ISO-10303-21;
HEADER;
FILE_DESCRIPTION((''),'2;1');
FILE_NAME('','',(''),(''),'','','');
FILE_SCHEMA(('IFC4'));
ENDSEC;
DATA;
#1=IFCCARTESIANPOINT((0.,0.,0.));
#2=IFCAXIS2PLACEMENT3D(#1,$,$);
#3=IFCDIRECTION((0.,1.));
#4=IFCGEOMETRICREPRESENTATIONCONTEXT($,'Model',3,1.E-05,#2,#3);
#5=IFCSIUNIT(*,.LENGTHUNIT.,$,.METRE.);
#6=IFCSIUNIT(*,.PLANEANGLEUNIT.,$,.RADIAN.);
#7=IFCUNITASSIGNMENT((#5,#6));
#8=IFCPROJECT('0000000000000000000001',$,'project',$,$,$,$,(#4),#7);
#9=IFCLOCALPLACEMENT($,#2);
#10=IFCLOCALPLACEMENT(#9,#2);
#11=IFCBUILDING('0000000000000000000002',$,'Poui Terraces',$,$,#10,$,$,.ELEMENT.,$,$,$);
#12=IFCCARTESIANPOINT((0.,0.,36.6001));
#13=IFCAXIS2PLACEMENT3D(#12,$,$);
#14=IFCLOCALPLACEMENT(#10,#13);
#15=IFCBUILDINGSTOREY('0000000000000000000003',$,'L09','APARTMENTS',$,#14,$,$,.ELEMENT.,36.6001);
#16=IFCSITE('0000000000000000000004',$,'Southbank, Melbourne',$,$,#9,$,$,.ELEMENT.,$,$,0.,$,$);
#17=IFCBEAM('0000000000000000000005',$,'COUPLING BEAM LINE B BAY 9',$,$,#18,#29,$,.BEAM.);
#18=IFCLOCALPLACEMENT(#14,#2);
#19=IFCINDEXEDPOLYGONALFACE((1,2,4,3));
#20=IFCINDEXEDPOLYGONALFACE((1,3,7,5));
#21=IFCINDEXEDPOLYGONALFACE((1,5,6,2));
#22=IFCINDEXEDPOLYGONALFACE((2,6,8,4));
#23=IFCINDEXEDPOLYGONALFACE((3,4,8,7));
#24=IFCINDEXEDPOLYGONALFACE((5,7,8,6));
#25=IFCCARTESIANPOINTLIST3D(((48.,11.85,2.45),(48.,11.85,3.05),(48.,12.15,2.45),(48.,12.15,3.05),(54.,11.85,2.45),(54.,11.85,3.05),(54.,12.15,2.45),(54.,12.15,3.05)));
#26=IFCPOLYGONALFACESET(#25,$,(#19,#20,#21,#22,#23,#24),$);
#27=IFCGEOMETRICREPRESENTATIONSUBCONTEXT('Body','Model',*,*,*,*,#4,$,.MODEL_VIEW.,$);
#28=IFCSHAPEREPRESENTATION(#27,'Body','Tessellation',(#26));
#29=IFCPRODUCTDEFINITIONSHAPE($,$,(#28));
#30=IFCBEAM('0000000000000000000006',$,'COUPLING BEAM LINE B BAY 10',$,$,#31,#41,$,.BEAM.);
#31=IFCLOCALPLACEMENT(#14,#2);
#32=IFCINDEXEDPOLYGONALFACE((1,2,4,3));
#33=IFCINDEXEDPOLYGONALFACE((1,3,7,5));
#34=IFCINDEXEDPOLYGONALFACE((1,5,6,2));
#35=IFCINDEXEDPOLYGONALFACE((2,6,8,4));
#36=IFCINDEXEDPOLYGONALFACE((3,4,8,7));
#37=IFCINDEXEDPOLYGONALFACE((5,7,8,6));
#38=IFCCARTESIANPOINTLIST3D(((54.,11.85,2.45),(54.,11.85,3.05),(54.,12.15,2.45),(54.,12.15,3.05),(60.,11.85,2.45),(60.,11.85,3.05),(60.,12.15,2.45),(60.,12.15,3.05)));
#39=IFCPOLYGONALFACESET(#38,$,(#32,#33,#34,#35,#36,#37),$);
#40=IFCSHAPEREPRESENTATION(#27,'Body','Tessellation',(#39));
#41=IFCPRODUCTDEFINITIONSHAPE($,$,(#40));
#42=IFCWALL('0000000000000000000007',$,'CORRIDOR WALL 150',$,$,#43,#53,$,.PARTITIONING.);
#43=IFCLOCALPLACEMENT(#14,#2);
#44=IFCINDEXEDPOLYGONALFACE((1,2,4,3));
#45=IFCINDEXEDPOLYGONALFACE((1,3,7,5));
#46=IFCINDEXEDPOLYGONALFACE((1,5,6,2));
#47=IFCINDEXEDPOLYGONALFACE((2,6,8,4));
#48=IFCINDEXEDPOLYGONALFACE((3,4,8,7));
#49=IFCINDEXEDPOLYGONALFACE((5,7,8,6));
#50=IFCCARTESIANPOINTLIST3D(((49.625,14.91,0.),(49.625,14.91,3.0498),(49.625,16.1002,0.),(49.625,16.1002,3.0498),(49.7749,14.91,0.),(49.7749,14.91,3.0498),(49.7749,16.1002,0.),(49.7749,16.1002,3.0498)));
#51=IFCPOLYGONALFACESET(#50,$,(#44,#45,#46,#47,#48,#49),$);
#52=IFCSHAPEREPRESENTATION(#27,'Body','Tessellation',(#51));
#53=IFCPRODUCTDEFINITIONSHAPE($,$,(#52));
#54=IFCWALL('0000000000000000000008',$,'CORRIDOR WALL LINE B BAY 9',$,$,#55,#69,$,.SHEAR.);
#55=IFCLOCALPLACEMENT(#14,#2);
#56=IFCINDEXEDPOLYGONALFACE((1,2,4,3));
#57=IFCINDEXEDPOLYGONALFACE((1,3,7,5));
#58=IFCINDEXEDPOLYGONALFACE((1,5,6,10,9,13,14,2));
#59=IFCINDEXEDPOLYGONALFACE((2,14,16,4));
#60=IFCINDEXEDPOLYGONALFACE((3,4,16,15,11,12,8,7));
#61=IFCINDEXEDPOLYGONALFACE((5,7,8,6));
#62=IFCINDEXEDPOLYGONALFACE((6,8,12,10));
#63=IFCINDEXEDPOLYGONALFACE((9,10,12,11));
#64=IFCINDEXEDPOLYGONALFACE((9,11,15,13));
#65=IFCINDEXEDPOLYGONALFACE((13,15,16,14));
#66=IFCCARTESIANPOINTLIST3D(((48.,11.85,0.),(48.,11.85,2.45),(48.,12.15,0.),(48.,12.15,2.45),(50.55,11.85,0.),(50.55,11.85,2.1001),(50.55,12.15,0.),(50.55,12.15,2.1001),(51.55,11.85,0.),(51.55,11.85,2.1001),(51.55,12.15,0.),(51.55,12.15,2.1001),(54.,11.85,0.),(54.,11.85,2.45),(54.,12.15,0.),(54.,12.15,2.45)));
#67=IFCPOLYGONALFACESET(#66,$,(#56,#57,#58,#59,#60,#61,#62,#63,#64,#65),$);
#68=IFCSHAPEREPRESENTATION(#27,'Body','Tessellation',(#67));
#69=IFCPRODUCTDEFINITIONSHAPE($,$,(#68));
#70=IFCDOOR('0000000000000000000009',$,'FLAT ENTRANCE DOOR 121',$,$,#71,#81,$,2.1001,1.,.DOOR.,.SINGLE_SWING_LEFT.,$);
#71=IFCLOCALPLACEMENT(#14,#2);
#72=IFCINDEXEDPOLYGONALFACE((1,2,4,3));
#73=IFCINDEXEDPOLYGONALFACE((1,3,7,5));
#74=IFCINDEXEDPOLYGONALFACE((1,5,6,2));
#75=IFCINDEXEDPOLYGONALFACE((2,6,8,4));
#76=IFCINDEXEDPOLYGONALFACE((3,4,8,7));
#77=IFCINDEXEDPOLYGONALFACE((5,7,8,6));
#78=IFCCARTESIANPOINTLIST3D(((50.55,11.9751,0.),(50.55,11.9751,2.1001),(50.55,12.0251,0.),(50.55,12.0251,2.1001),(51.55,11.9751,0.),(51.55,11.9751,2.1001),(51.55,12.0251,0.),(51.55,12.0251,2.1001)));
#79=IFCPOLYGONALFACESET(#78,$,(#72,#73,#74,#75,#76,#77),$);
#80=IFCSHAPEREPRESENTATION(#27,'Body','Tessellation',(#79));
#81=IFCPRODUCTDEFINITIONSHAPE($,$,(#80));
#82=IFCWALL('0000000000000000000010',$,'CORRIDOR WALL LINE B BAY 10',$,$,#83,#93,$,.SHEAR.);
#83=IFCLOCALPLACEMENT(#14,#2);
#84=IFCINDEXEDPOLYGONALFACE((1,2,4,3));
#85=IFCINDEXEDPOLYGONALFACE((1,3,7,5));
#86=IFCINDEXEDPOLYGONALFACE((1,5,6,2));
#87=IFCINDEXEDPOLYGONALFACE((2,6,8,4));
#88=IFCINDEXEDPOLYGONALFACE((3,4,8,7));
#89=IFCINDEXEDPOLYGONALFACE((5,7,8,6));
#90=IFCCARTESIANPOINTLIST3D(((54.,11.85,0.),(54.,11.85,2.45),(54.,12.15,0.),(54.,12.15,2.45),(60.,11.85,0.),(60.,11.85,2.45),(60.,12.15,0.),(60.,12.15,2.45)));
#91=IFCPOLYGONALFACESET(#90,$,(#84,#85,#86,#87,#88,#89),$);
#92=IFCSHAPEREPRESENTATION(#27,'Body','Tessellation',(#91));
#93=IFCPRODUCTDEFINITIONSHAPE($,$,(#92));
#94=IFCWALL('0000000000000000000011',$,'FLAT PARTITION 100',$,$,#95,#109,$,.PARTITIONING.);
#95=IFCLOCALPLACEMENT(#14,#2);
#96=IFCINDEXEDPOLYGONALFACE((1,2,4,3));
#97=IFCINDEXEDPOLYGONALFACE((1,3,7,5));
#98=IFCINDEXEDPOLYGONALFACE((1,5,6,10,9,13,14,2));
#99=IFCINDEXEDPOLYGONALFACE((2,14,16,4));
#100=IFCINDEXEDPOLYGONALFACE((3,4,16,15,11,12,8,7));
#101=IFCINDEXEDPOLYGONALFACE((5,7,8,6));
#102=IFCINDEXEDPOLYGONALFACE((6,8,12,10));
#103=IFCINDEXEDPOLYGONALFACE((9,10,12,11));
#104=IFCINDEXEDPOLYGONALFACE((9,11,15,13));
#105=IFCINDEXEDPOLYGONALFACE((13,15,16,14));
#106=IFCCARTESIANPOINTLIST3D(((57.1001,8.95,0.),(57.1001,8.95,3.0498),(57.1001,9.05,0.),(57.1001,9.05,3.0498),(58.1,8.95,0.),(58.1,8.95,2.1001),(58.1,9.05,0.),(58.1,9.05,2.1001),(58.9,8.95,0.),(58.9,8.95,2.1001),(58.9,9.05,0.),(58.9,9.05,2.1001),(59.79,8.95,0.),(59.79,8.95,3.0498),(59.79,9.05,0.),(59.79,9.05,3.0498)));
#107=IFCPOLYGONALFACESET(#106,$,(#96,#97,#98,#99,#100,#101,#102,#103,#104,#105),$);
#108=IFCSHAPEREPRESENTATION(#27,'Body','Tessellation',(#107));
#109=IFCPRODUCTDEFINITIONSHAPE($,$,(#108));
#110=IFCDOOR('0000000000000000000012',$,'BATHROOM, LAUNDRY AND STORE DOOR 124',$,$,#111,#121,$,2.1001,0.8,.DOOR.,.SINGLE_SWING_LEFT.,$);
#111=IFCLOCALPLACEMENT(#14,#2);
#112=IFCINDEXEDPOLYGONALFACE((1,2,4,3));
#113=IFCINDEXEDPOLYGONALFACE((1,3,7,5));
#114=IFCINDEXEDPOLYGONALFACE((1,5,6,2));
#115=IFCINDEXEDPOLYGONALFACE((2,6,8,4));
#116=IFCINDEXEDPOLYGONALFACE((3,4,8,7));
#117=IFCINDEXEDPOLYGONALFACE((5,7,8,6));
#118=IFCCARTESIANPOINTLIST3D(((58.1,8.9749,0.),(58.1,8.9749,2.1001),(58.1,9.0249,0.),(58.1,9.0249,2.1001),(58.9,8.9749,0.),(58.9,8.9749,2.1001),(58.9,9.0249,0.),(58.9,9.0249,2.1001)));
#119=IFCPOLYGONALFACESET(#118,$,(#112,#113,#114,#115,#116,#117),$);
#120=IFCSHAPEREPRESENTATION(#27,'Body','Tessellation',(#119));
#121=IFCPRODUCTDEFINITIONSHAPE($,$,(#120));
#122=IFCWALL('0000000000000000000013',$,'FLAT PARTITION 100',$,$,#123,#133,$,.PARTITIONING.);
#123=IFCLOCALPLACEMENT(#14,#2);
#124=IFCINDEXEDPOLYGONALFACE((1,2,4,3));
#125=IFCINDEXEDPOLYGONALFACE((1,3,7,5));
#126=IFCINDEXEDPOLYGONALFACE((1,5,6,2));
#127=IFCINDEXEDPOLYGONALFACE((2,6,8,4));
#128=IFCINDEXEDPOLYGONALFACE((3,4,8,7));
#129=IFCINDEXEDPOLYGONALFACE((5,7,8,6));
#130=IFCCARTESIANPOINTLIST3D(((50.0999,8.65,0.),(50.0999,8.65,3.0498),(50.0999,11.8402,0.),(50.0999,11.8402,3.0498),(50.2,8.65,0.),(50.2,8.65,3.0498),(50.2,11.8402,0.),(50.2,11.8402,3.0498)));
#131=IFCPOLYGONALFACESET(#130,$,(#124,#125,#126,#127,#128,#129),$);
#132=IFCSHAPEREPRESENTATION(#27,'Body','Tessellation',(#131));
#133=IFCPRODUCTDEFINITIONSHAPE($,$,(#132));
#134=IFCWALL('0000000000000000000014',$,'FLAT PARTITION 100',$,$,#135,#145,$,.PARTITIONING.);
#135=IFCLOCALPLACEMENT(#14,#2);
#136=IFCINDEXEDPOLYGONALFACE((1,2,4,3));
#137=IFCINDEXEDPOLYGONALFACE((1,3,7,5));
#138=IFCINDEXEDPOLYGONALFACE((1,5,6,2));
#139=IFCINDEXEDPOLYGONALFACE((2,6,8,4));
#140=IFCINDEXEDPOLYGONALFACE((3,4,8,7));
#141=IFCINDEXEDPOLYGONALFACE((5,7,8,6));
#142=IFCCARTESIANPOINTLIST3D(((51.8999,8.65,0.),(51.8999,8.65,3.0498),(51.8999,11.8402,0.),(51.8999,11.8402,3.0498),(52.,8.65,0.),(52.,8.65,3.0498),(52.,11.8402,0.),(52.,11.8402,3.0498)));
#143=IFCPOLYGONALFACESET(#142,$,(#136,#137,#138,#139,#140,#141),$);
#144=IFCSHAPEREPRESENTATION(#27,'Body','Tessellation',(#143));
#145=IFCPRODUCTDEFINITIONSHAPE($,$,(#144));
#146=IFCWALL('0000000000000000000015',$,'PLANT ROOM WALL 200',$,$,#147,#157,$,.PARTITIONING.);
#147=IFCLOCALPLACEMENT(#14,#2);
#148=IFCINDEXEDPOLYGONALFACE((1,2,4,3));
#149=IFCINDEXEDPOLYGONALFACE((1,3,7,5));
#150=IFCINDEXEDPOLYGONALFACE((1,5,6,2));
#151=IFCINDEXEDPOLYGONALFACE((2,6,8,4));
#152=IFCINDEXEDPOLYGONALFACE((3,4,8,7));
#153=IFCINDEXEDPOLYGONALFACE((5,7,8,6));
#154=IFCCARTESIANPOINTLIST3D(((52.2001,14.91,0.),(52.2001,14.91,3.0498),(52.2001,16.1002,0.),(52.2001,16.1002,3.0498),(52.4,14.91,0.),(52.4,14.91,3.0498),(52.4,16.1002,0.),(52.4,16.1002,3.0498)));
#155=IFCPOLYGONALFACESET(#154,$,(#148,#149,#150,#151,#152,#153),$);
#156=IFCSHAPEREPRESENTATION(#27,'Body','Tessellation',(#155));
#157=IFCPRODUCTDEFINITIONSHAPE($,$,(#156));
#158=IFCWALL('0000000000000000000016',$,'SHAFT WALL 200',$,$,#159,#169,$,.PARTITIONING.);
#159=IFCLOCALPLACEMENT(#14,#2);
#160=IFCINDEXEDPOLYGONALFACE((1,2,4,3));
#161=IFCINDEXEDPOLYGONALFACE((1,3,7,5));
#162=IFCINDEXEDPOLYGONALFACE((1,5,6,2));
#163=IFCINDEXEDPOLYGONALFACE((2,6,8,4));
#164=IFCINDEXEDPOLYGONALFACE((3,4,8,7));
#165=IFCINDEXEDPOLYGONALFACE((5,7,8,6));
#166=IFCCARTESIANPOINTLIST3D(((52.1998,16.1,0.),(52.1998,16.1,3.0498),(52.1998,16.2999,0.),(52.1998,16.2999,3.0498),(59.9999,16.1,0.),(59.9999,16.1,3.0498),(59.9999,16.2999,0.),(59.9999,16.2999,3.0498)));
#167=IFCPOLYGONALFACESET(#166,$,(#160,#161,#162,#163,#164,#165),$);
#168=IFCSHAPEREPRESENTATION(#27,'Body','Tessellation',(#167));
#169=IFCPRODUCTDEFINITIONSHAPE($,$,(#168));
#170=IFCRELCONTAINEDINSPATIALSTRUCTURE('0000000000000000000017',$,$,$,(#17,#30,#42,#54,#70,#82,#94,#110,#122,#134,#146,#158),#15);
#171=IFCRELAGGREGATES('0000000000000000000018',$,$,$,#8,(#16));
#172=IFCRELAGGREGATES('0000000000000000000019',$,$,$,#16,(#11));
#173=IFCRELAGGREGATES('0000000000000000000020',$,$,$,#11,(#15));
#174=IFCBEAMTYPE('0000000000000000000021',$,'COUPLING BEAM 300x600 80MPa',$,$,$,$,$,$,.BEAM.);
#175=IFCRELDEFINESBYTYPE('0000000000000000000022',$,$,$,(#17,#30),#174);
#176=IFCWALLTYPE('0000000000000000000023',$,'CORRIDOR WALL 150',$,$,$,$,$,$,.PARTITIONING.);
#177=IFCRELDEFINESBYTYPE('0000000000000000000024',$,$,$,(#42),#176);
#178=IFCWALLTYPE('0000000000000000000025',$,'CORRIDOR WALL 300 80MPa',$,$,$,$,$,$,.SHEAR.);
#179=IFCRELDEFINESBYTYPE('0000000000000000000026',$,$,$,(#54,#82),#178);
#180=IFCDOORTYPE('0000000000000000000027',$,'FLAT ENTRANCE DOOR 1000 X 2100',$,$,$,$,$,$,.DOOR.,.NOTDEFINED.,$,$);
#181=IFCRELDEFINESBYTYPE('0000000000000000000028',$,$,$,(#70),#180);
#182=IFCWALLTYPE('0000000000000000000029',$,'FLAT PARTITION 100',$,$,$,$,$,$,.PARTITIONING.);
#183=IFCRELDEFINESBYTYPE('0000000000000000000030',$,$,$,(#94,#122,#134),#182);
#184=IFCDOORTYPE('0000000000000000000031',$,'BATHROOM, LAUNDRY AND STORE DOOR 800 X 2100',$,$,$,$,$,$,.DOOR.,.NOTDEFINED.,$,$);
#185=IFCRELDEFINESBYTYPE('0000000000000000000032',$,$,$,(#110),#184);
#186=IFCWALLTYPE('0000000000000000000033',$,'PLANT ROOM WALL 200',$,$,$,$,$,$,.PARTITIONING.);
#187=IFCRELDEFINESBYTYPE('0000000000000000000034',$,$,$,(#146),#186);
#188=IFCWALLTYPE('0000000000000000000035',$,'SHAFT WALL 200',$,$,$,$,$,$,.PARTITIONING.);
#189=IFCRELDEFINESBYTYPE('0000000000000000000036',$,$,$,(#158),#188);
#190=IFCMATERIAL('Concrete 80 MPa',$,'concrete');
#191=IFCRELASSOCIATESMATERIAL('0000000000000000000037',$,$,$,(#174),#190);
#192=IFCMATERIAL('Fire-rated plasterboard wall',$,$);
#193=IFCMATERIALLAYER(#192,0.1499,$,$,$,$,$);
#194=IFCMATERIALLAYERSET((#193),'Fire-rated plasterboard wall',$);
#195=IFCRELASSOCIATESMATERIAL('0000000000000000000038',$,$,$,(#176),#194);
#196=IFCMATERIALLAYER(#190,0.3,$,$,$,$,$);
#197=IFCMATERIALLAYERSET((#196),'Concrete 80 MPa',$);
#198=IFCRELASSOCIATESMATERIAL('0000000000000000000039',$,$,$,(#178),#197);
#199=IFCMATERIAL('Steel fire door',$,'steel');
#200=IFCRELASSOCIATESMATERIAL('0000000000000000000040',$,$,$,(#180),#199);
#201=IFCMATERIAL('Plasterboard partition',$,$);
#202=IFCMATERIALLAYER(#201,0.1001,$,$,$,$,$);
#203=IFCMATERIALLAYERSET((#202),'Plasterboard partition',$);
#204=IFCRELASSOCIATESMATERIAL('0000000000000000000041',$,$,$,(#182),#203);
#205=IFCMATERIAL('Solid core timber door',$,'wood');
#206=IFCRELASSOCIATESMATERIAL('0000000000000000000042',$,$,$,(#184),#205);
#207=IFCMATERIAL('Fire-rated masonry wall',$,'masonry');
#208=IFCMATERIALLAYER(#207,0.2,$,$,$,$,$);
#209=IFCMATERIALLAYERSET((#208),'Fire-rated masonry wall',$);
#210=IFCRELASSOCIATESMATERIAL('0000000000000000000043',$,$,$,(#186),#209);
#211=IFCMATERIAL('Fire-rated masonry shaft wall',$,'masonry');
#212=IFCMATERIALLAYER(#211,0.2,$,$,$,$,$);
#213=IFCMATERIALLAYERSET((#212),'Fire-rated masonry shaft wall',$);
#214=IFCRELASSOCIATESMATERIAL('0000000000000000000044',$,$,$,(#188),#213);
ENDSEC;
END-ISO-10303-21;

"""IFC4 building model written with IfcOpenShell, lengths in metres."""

from ifc_helpers import new_model, si_unit, direction, frame, frame_2d, origin, origin_2d, place, context, subcontext, project, spatial, rectangle, extrude, source, transform, mapped, material, layer, layer_set, material_profile, profile_set, type_object, element, fill, save


model = new_model("IFC4")

# Units and contexts
model_context = context("Model", 3, precision=1e-05, world=origin(), true_north=direction((0.0, 1.0)))
body_context = subcontext(model_context, "Body", "Model", "MODEL_VIEW")
ifc_project = project(units=[si_unit("LENGTHUNIT", "METRE"), si_unit("PLANEANGLEUNIT", "RADIAN")], contexts=[model_context])

# Site, building, storey
site_placement = place(None, origin())
site = spatial("IfcSite", under=ifc_project, at=site_placement, Name="Southbank, Melbourne", CompositionType="ELEMENT", RefElevation=0.0)
building_placement = place(site_placement, origin())
building = spatial("IfcBuilding", under=site, at=building_placement, Name="Poui Terraces", CompositionType="ELEMENT")
storey_placement = place(building_placement, frame((0.0, 0.0, 36.6001)))
storey = spatial("IfcBuildingStorey", under=building, at=storey_placement, Name="L09", Description="APARTMENTS", CompositionType="ELEMENT", Elevation=36.6001)

# Beams
ifc_material_1 = material(Name="Concrete 80 MPa", Category="concrete")
ifc_material_profile = material_profile(ifc_material_1, rectangle(XDim=0.3, YDim=0.6001, at=origin_2d()), Name="RC 300x600")
ifc_profile_set = profile_set([ifc_material_profile], Name="Concrete 80 MPa")
beam_type = type_object("IfcBeamType", Name="COUPLING BEAM 300x600 80MPa", PredefinedType="BEAM", material=ifc_profile_set)
shared_shape = source(origin(), body_context, "Body", "SweptSolid", [
    extrude(rectangle(XDim=0.3, YDim=0.6001, at=origin_2d()), origin(), (0.0, 0.0, 1.0), 6.0),
])
for number, where, z_axis, x_axis, name in (
    (1, (48.0, 12.0, 2.75), (1.0, 0.0, 0.0), (0.0, 1.0, 0.0), "COUPLING BEAM LINE B BAY 9"),
    (2, (54.0, 12.0, 2.75), (1.0, 0.0, 0.0), (0.0, 1.0, 0.0), "COUPLING BEAM LINE B BAY 10"),
):
    element("IfcBeam", number, at=place(storey_placement, frame(where, z_axis=z_axis, x_axis=x_axis)), inside=storey, type_object=beam_type, Name=name, PredefinedType="BEAM", context=body_context, shape_type="MappedRepresentation", body=[
        mapped(shared_shape, transform((0.0, 0.0, 0.0))),
    ])

# Wall
ifc_material_2 = material(Name="Fire-rated plasterboard wall")
ifc_layer_1 = layer(ifc_material_2, 0.1499)
ifc_layer_set_1 = layer_set([ifc_layer_1], Name="Fire-rated plasterboard wall")
wall_type_1 = type_object("IfcWallType", Name="CORRIDOR WALL 150", PredefinedType="PARTITIONING", material=ifc_layer_set_1)
wall_1_placement = place(storey_placement, frame((49.7, 14.9099, 0.0), z_axis=(0.0, 0.0, 1.0), x_axis=(0.0, 1.0, 0.0)))
element("IfcWall", 3, at=wall_1_placement, inside=storey, type_object=wall_type_1, Name="CORRIDOR WALL 150", PredefinedType="PARTITIONING", context=body_context, shape_type="SweptSolid", body=[
    extrude(rectangle(XDim=1.1902, YDim=0.1499, at=frame_2d((0.5952, 0.0))), origin(), (0.0, 0.0, 1.0), 3.0498),
])

# Wall, opening, door
ifc_layer_2 = layer(ifc_material_1, 0.3)
ifc_layer_set_2 = layer_set([ifc_layer_2], Name="Concrete 80 MPa")
wall_type_2 = type_object("IfcWallType", Name="CORRIDOR WALL 300 80MPa", PredefinedType="SHEAR", material=ifc_layer_set_2)
wall_2_placement = place(storey_placement, frame((48.0, 12.0, 0.0), z_axis=(0.0, 0.0, 1.0), x_axis=(1.0, 0.0, 0.0)))
wall_2 = element("IfcWall", 4, at=wall_2_placement, inside=storey, type_object=wall_type_2, Name="CORRIDOR WALL LINE B BAY 9", PredefinedType="SHEAR", context=body_context, shape_type="SweptSolid", body=[
    extrude(rectangle(XDim=6.0, YDim=0.3, at=frame_2d((3.0, 0.0))), origin(), (0.0, 0.0, 1.0), 2.45),
])
opening_1_placement = place(wall_2_placement, frame((2.55, 0.0, 0.0)))
opening_1 = element("IfcOpeningElement", 5, at=opening_1_placement, cuts=wall_2, PredefinedType="OPENING", context=body_context, shape_type="SweptSolid", body=[
    extrude(rectangle(XDim=1.0, YDim=2.1001, at=frame_2d((0.5, 1.05))), frame((0.0, 0.1602, 0.0), z_axis=(0.0, -1.0, 0.0), x_axis=(1.0, 0.0, 0.0)), (0.0, 0.0, 1.0), 0.3201),
])
ifc_material_3 = material(Name="Steel fire door", Category="steel")
door_type_1 = type_object("IfcDoorType", Name="FLAT ENTRANCE DOOR 1000 X 2100", OperationType="NOTDEFINED", PredefinedType="DOOR", material=ifc_material_3)
door_1_placement = place(opening_1_placement, frame((1.0, 0.0, 0.0), z_axis=(0.0, 0.0, 1.0), x_axis=(-1.0, 0.0, 0.0)))
door_1 = element("IfcDoor", 6, at=door_1_placement, inside=storey, type_object=door_type_1, Name="FLAT ENTRANCE DOOR 121", OperationType="SINGLE_SWING_LEFT", OverallHeight=2.1001, OverallWidth=1.0, PredefinedType="DOOR", context=body_context, shape_type="SweptSolid", body=[
    extrude(rectangle(XDim=1.0, YDim=2.1001, at=frame_2d((0.5, 1.05))), frame((0.0, 0.0249, 0.0), z_axis=(0.0, -1.0, 0.0), x_axis=(1.0, 0.0, 0.0)), (0.0, 0.0, 1.0), 0.05),
])
fill(opening_1, door_1)

# Wall
wall_3_placement = place(storey_placement, frame((54.0, 12.0, 0.0), z_axis=(0.0, 0.0, 1.0), x_axis=(1.0, 0.0, 0.0)))
element("IfcWall", 7, at=wall_3_placement, inside=storey, type_object=wall_type_2, Name="CORRIDOR WALL LINE B BAY 10", PredefinedType="SHEAR", context=body_context, shape_type="SweptSolid", body=[
    extrude(rectangle(XDim=6.0, YDim=0.3, at=frame_2d((3.0, 0.0))), origin(), (0.0, 0.0, 1.0), 2.45),
])

# Wall, opening, door
ifc_material_4 = material(Name="Plasterboard partition")
ifc_layer_3 = layer(ifc_material_4, 0.1001)
ifc_layer_set_3 = layer_set([ifc_layer_3], Name="Plasterboard partition")
wall_type_3 = type_object("IfcWallType", Name="FLAT PARTITION 100", PredefinedType="PARTITIONING", material=ifc_layer_set_3)
wall_4_placement = place(storey_placement, frame((57.1001, 9.0, 0.0), z_axis=(0.0, 0.0, 1.0), x_axis=(1.0, 0.0, 0.0)))
wall_4 = element("IfcWall", 8, at=wall_4_placement, inside=storey, type_object=wall_type_3, Name="FLAT PARTITION 100", PredefinedType="PARTITIONING", context=body_context, shape_type="SweptSolid", body=[
    extrude(rectangle(XDim=2.6899, YDim=0.1001, at=frame_2d((1.345, 0.0))), origin(), (0.0, 0.0, 1.0), 3.0498),
])
opening_2_placement = place(wall_4_placement, frame((1.0, 0.0, 0.0)))
opening_2 = element("IfcOpeningElement", 9, at=opening_2_placement, cuts=wall_4, PredefinedType="OPENING", context=body_context, shape_type="SweptSolid", body=[
    extrude(rectangle(XDim=0.8, YDim=2.1001, at=frame_2d((0.3999, 1.05))), frame((0.0, 0.0601, 0.0), z_axis=(0.0, -1.0, 0.0), x_axis=(1.0, 0.0, 0.0)), (0.0, 0.0, 1.0), 0.1201),
])
ifc_material_5 = material(Name="Solid core timber door", Category="wood")
door_type_2 = type_object("IfcDoorType", Name="BATHROOM, LAUNDRY AND STORE DOOR 800 X 2100", OperationType="NOTDEFINED", PredefinedType="DOOR", material=ifc_material_5)
door_2_placement = place(opening_2_placement, origin())
door_2 = element("IfcDoor", 10, at=door_2_placement, inside=storey, type_object=door_type_2, Name="BATHROOM, LAUNDRY AND STORE DOOR 124", OperationType="SINGLE_SWING_LEFT", OverallHeight=2.1001, OverallWidth=0.8, PredefinedType="DOOR", context=body_context, shape_type="SweptSolid", body=[
    extrude(rectangle(XDim=0.8, YDim=2.1001, at=frame_2d((0.3999, 1.05))), frame((0.0, 0.0249, 0.0), z_axis=(0.0, -1.0, 0.0), x_axis=(1.0, 0.0, 0.0)), (0.0, 0.0, 1.0), 0.05),
])
fill(opening_2, door_2)

# Walls
for number, where, z_axis, x_axis, name in (
    (11, (50.1499, 8.6499, 0.0), (0.0, 0.0, 1.0), (0.0, 1.0, 0.0), "FLAT PARTITION 100"),
    (12, (51.95, 8.6499, 0.0), (0.0, 0.0, 1.0), (0.0, 1.0, 0.0), "FLAT PARTITION 100"),
):
    element("IfcWall", number, at=place(storey_placement, frame(where, z_axis=z_axis, x_axis=x_axis)), inside=storey, type_object=wall_type_3, Name=name, PredefinedType="PARTITIONING", context=body_context, shape_type="SweptSolid", body=[
        extrude(rectangle(XDim=3.1902, YDim=0.1001, at=frame_2d((1.5952, 0.0))), origin(), (0.0, 0.0, 1.0), 3.0498),
    ])
ifc_material_6 = material(Name="Fire-rated masonry wall", Category="masonry")
ifc_layer_4 = layer(ifc_material_6, 0.2)
ifc_layer_set_4 = layer_set([ifc_layer_4], Name="Fire-rated masonry wall")
wall_type_4 = type_object("IfcWallType", Name="PLANT ROOM WALL 200", PredefinedType="PARTITIONING", material=ifc_layer_set_4)
wall_5_placement = place(storey_placement, frame((52.3, 14.9099, 0.0), z_axis=(0.0, 0.0, 1.0), x_axis=(0.0, 1.0, 0.0)))
element("IfcWall", 13, at=wall_5_placement, inside=storey, type_object=wall_type_4, Name="PLANT ROOM WALL 200", PredefinedType="PARTITIONING", context=body_context, shape_type="SweptSolid", body=[
    extrude(rectangle(XDim=1.1902, YDim=0.2, at=frame_2d((0.5952, 0.0))), origin(), (0.0, 0.0, 1.0), 3.0498),
])
ifc_material_7 = material(Name="Fire-rated masonry shaft wall", Category="masonry")
ifc_layer_5 = layer(ifc_material_7, 0.2)
ifc_layer_set_5 = layer_set([ifc_layer_5], Name="Fire-rated masonry shaft wall")
wall_type_5 = type_object("IfcWallType", Name="SHAFT WALL 200", PredefinedType="PARTITIONING", material=ifc_layer_set_5)
wall_6_placement = place(storey_placement, frame((52.2, 16.2, 0.0), z_axis=(0.0, 0.0, 1.0), x_axis=(1.0, 0.0, 0.0)))
element("IfcWall", 14, at=wall_6_placement, inside=storey, type_object=wall_type_5, Name="SHAFT WALL 200", PredefinedType="PARTITIONING", context=body_context, shape_type="SweptSolid", body=[
    extrude(rectangle(XDim=7.8, YDim=0.2, at=frame_2d((3.8999, 0.0))), origin(), (0.0, 0.0, 1.0), 3.0498),
])

save(model, "model.ifc")
